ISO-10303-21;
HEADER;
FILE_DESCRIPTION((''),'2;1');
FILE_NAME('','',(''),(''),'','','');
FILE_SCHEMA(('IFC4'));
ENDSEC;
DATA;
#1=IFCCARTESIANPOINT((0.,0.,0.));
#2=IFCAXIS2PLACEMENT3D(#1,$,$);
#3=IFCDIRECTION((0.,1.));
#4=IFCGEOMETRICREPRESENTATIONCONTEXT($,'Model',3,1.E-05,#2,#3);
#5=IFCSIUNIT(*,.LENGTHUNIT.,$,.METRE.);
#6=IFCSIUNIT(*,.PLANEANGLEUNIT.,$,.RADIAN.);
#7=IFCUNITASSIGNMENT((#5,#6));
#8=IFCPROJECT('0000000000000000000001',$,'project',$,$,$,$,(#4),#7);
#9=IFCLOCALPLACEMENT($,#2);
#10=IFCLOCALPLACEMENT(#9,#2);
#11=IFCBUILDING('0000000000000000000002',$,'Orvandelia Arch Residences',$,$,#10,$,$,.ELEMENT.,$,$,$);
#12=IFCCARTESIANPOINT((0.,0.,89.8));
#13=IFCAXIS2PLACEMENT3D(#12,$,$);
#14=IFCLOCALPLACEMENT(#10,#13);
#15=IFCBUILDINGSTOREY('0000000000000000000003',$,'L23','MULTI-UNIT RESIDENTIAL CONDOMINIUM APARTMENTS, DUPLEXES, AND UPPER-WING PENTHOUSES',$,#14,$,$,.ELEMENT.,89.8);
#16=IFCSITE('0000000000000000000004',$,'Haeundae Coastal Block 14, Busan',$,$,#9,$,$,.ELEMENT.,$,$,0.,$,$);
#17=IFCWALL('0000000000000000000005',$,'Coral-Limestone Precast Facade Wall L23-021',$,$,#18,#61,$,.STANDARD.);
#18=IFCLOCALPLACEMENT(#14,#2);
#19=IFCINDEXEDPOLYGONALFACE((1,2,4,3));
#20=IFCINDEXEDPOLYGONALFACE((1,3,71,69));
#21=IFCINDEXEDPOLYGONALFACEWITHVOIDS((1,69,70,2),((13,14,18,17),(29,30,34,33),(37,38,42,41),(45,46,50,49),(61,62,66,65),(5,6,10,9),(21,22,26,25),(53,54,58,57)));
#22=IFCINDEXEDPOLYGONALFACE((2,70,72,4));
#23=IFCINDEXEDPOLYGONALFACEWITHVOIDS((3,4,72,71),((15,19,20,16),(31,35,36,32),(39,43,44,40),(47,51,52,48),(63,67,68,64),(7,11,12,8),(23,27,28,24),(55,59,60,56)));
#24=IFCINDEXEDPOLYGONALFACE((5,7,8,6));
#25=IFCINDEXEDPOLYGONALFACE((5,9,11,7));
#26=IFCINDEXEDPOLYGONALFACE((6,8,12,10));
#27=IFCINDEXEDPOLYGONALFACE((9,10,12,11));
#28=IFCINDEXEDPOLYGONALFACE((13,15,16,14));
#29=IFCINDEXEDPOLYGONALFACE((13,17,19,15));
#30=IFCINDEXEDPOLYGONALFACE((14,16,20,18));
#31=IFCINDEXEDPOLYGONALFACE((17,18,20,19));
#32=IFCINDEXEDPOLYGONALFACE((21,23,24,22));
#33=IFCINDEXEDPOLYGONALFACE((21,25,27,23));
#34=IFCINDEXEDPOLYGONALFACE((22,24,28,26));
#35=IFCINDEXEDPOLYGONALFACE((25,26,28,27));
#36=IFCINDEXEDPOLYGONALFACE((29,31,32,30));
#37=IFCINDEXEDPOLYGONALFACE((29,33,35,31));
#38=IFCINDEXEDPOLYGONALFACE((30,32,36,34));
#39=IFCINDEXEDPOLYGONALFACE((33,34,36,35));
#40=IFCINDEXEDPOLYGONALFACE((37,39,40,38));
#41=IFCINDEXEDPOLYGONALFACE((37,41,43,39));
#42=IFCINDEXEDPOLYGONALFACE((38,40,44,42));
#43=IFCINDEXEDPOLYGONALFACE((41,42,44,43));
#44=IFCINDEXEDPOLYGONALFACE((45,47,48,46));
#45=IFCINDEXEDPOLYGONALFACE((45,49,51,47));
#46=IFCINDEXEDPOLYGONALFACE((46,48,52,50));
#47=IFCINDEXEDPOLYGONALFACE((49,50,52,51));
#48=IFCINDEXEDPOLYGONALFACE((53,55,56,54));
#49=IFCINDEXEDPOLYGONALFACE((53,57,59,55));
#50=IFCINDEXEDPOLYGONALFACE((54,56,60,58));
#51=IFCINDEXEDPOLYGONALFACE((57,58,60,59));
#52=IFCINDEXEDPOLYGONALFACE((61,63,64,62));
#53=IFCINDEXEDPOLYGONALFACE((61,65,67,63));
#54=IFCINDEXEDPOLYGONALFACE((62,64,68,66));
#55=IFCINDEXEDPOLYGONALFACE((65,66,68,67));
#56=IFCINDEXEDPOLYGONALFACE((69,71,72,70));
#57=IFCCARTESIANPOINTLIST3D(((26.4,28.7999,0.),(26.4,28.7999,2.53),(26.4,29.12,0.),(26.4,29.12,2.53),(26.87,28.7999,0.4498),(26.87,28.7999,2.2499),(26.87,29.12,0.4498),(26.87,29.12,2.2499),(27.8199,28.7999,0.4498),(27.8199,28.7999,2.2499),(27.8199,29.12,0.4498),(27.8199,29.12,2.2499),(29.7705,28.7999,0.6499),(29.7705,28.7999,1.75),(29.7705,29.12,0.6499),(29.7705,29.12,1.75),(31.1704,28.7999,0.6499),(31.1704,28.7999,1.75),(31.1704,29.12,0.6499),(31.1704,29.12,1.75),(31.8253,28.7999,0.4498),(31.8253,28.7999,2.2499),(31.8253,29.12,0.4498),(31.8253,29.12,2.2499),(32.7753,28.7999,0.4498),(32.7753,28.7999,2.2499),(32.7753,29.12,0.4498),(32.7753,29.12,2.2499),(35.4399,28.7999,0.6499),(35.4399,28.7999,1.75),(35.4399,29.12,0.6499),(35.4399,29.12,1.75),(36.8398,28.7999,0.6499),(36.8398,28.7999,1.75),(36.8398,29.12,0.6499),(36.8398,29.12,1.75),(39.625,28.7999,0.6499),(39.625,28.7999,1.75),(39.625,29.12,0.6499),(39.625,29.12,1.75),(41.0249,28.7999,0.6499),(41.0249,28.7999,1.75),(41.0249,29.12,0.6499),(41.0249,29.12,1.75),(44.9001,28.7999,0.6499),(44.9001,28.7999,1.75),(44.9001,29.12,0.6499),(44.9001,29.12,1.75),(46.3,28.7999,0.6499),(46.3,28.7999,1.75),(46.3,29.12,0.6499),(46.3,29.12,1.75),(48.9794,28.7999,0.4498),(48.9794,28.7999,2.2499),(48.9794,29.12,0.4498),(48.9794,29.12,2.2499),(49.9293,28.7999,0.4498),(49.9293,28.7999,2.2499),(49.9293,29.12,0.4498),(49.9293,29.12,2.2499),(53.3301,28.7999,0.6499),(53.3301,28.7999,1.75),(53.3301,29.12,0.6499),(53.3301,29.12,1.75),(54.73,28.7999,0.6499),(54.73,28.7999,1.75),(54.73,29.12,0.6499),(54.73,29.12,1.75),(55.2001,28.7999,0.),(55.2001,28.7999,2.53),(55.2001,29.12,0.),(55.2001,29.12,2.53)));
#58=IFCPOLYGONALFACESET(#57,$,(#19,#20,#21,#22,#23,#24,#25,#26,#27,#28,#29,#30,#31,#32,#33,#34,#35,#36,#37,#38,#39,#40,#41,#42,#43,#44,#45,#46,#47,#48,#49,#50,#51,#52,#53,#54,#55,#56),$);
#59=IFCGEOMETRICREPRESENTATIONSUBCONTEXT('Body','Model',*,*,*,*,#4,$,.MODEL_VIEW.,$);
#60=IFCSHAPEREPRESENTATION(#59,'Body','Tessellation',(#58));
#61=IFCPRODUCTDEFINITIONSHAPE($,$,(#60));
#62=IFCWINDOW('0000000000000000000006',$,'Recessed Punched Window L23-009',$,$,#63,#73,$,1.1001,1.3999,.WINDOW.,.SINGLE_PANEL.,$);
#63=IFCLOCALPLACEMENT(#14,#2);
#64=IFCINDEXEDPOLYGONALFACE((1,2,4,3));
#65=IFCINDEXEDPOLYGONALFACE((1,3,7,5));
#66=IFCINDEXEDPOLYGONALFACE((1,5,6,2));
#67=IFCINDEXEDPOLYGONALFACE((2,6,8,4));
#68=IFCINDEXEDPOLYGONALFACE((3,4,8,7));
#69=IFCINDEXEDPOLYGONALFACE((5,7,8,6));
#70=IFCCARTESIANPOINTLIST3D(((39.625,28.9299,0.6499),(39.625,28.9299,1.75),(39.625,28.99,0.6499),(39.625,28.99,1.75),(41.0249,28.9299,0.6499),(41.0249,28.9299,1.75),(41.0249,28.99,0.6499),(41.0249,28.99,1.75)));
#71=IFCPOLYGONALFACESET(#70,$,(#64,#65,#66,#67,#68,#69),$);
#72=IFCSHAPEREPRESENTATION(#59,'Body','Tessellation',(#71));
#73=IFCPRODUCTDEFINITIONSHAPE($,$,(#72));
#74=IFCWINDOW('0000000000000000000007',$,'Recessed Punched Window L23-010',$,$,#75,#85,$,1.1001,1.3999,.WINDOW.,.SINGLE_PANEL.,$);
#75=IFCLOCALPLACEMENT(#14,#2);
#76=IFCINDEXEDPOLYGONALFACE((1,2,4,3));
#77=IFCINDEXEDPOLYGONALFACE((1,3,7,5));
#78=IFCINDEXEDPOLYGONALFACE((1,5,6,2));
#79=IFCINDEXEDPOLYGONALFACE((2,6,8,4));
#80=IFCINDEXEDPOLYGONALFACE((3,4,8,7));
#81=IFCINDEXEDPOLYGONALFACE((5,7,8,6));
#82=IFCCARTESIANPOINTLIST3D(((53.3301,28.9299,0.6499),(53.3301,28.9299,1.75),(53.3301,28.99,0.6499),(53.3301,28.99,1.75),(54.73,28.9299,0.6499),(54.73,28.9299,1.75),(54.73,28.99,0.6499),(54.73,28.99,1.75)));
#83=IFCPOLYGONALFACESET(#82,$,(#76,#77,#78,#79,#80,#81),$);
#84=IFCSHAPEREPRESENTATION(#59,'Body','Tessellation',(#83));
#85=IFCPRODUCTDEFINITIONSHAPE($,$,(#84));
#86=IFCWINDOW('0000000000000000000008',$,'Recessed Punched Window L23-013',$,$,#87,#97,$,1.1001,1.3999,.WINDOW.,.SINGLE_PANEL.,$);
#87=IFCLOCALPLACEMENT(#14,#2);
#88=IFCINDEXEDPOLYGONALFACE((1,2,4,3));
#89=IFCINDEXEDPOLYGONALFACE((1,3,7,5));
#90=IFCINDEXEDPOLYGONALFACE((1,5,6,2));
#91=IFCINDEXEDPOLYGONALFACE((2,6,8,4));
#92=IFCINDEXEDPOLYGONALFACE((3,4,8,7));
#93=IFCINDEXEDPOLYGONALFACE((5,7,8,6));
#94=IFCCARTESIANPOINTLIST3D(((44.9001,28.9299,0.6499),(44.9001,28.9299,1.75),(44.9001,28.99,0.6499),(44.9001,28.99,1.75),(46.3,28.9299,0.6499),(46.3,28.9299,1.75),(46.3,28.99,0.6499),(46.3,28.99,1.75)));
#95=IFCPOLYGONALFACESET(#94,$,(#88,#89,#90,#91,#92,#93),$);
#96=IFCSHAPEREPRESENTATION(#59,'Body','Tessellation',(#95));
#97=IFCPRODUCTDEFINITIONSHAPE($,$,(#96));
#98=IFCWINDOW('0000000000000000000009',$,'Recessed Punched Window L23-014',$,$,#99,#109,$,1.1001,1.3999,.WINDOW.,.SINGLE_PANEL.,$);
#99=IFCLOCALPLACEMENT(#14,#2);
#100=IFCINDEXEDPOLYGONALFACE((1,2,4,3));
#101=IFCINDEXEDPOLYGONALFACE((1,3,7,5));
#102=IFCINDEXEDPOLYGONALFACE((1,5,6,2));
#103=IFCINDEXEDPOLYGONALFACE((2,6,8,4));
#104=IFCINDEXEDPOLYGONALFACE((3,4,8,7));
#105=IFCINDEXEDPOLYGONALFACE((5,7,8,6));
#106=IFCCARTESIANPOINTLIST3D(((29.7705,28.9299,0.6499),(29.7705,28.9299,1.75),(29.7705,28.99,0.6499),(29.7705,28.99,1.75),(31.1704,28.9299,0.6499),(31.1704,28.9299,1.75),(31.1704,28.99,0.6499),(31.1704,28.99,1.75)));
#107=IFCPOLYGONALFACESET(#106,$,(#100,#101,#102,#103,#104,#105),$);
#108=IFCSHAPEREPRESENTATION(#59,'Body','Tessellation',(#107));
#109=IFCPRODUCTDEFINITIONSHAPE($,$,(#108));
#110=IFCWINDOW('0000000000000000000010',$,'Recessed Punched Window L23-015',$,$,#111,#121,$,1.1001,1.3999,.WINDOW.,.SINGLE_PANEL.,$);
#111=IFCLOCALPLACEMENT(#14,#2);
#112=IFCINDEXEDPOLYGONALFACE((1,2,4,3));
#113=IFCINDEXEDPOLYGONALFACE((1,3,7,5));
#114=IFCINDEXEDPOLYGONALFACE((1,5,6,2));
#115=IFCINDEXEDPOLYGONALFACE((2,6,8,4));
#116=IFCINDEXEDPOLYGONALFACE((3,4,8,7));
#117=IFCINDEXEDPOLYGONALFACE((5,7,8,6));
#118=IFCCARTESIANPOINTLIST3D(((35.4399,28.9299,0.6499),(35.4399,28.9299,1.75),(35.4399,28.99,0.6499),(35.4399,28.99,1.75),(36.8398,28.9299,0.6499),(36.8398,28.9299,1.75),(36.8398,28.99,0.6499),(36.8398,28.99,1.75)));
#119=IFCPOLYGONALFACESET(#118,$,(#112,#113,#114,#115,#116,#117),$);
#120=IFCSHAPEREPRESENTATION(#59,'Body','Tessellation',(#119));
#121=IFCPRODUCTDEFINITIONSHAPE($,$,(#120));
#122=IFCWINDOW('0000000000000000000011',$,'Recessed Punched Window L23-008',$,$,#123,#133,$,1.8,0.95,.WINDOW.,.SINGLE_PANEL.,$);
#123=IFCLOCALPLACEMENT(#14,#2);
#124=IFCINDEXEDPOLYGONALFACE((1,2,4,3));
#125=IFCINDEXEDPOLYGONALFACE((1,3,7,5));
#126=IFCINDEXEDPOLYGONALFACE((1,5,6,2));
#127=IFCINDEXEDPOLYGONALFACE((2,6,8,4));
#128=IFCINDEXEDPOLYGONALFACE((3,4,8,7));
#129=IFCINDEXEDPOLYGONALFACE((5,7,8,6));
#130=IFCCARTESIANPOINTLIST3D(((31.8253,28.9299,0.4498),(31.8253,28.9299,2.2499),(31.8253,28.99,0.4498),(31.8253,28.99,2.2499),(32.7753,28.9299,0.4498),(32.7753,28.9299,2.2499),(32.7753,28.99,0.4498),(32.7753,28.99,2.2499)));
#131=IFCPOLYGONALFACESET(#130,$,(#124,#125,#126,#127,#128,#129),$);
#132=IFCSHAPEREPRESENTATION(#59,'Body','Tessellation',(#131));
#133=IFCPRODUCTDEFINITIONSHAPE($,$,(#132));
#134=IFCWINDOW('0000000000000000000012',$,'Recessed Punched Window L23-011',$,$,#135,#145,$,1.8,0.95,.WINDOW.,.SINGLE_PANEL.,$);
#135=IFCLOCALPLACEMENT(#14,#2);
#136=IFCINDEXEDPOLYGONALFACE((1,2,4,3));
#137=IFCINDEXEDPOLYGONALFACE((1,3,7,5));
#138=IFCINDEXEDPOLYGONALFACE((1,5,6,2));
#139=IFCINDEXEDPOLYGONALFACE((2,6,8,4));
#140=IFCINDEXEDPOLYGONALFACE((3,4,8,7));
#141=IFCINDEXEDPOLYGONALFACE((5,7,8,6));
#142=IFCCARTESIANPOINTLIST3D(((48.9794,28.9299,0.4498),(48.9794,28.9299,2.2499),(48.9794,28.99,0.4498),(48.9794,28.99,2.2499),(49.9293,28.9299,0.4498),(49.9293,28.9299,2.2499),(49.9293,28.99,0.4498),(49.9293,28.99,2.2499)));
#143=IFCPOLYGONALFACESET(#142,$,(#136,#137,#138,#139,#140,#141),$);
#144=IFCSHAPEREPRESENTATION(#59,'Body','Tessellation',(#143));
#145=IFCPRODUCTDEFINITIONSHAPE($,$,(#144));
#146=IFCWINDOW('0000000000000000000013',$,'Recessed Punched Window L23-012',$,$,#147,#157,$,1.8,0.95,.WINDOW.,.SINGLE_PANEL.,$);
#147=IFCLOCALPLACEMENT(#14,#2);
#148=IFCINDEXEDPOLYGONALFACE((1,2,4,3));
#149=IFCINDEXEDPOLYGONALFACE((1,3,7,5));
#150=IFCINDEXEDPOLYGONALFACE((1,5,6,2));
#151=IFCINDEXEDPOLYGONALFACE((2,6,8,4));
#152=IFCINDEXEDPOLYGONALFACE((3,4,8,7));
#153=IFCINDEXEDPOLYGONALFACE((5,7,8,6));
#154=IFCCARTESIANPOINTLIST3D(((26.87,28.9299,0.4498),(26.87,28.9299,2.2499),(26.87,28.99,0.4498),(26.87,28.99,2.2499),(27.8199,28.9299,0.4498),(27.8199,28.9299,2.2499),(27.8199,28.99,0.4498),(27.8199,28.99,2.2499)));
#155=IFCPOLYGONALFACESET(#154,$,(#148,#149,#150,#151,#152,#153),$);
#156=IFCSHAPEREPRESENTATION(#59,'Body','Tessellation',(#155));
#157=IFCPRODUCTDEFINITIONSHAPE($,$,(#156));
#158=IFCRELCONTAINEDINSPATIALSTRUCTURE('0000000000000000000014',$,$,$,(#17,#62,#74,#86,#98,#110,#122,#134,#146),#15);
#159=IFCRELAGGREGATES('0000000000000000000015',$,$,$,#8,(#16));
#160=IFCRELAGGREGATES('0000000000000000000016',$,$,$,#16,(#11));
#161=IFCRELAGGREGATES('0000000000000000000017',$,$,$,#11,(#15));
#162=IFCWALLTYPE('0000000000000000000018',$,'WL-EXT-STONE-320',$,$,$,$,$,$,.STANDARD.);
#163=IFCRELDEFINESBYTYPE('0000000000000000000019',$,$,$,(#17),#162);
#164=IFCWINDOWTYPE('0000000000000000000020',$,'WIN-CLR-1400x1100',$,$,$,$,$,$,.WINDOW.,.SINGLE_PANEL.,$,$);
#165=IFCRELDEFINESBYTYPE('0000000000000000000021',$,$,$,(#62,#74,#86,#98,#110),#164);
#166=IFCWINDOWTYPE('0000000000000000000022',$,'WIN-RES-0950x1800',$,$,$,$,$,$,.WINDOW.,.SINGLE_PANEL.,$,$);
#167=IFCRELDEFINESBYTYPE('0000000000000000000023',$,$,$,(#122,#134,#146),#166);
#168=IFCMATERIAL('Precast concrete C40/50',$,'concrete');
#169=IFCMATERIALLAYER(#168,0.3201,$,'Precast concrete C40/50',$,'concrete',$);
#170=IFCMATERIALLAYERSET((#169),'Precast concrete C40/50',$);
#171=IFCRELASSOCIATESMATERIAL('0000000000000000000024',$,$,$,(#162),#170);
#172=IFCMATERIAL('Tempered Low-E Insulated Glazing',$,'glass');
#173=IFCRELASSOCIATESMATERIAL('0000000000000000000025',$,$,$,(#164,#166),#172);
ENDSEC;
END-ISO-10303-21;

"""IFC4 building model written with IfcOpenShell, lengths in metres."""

from ifc_helpers import new_model, si_unit, direction, frame, frame_2d, origin, place, context, subcontext, project, spatial, rectangle, extrude, material, layer, layer_set, type_object, element, fill, save


model = new_model("IFC4")

# Units and contexts
model_context = context("Model", 3, precision=1e-05, world=origin(), true_north=direction((0.0, 1.0)))
body_context = subcontext(model_context, "Body", "Model", "MODEL_VIEW")
ifc_project = project(units=[si_unit("LENGTHUNIT", "METRE"), si_unit("PLANEANGLEUNIT", "RADIAN")], contexts=[model_context])

# Site, building, storey
site_placement = place(None, origin())
site = spatial("IfcSite", under=ifc_project, at=site_placement, Name="Haeundae Coastal Block 14, Busan", CompositionType="ELEMENT", RefElevation=0.0)
building_placement = place(site_placement, origin())
building = spatial("IfcBuilding", under=site, at=building_placement, Name="Orvandelia Arch Residences", CompositionType="ELEMENT")
storey_placement = place(building_placement, frame((0.0, 0.0, 89.8)))
storey = spatial("IfcBuildingStorey", under=building, at=storey_placement, Name="L23", Description="MULTI-UNIT RESIDENTIAL CONDOMINIUM APARTMENTS, DUPLEXES, AND UPPER-WING PENTHOUSES", CompositionType="ELEMENT", Elevation=89.8)

# Shared definitions
ifc_material_1 = material(Name="Precast concrete C40/50", Category="concrete")
ifc_layer = layer(ifc_material_1, 0.3201, Name="Precast concrete C40/50", Category="concrete")
ifc_layer_set = layer_set([ifc_layer], Name="Precast concrete C40/50")
wall_type = type_object("IfcWallType", Name="WL-EXT-STONE-320", PredefinedType="STANDARD", material=ifc_layer_set)

# Wall, openings, windows
wall_1_placement = place(storey_placement, frame((55.2, 28.96, 0.0), z_axis=(0.0, 0.0, 1.0), x_axis=(-1.0, 0.0, 0.0)))
wall_1 = element("IfcWall", 1, at=wall_1_placement, inside=storey, type_object=wall_type, Name="Coral-Limestone Precast Facade Wall L23-021", PredefinedType="STANDARD", context=body_context, shape_type="SweptSolid", body=[
    extrude(rectangle(XDim=28.8, YDim=0.3201, at=frame_2d((14.3999, 0.0))), origin(), (0.0, 0.0, 1.0), 2.53),
])
opening_1_placement = place(wall_1_placement, frame((22.4246, 0.0, 0.45)))
opening_1 = element("IfcOpeningElement", 2, at=opening_1_placement, cuts=wall_1, PredefinedType="OPENING", context=body_context, shape_type="SweptSolid", body=[
    extrude(rectangle(XDim=0.95, YDim=1.8, at=frame_2d((0.4751, 0.8999))), frame((0.0, 0.1699, 0.0), z_axis=(0.0, -1.0, 0.0), x_axis=(1.0, 0.0, 0.0)), (0.0, 0.0, 1.0), 0.3401),
])
opening_2_placement = place(wall_1_placement, frame((14.175, 0.0, 0.6499)))
opening_2 = element("IfcOpeningElement", 3, at=opening_2_placement, cuts=wall_1, PredefinedType="OPENING", context=body_context, shape_type="SweptSolid", body=[
    extrude(rectangle(XDim=1.3999, YDim=1.1001, at=frame_2d((0.7, 0.55))), frame((0.0, 0.1699, 0.0), z_axis=(0.0, -1.0, 0.0), x_axis=(1.0, 0.0, 0.0)), (0.0, 0.0, 1.0), 0.3401),
])
opening_3_placement = place(wall_1_placement, frame((0.47, 0.0, 0.6499)))
opening_3 = element("IfcOpeningElement", 4, at=opening_3_placement, cuts=wall_1, PredefinedType="OPENING", context=body_context, shape_type="SweptSolid", body=[
    extrude(rectangle(XDim=1.3999, YDim=1.1001, at=frame_2d((0.7, 0.55))), frame((0.0, 0.1699, 0.0), z_axis=(0.0, -1.0, 0.0), x_axis=(1.0, 0.0, 0.0)), (0.0, 0.0, 1.0), 0.3401),
])
opening_4_placement = place(wall_1_placement, frame((5.2705, 0.0, 0.45)))
opening_4 = element("IfcOpeningElement", 5, at=opening_4_placement, cuts=wall_1, PredefinedType="OPENING", context=body_context, shape_type="SweptSolid", body=[
    extrude(rectangle(XDim=0.95, YDim=1.8, at=frame_2d((0.4751, 0.8999))), frame((0.0, 0.1699, 0.0), z_axis=(0.0, -1.0, 0.0), x_axis=(1.0, 0.0, 0.0)), (0.0, 0.0, 1.0), 0.3401),
])
opening_5_placement = place(wall_1_placement, frame((27.3799, 0.0, 0.45)))
opening_5 = element("IfcOpeningElement", 6, at=opening_5_placement, cuts=wall_1, PredefinedType="OPENING", context=body_context, shape_type="SweptSolid", body=[
    extrude(rectangle(XDim=0.95, YDim=1.8, at=frame_2d((0.4751, 0.8999))), frame((0.0, 0.1699, 0.0), z_axis=(0.0, -1.0, 0.0), x_axis=(1.0, 0.0, 0.0)), (0.0, 0.0, 1.0), 0.3401),
])
opening_6_placement = place(wall_1_placement, frame((8.8999, 0.0, 0.6499)))
opening_6 = element("IfcOpeningElement", 7, at=opening_6_placement, cuts=wall_1, PredefinedType="OPENING", context=body_context, shape_type="SweptSolid", body=[
    extrude(rectangle(XDim=1.3999, YDim=1.1001, at=frame_2d((0.7, 0.55))), frame((0.0, 0.1699, 0.0), z_axis=(0.0, -1.0, 0.0), x_axis=(1.0, 0.0, 0.0)), (0.0, 0.0, 1.0), 0.3401),
])
opening_7_placement = place(wall_1_placement, frame((24.0295, 0.0, 0.6499)))
opening_7 = element("IfcOpeningElement", 8, at=opening_7_placement, cuts=wall_1, PredefinedType="OPENING", context=body_context, shape_type="SweptSolid", body=[
    extrude(rectangle(XDim=1.3999, YDim=1.1001, at=frame_2d((0.7, 0.55))), frame((0.0, 0.1699, 0.0), z_axis=(0.0, -1.0, 0.0), x_axis=(1.0, 0.0, 0.0)), (0.0, 0.0, 1.0), 0.3401),
])
opening_8_placement = place(wall_1_placement, frame((18.3601, 0.0, 0.6499)))
opening_8 = element("IfcOpeningElement", 9, at=opening_8_placement, cuts=wall_1, PredefinedType="OPENING", context=body_context, shape_type="SweptSolid", body=[
    extrude(rectangle(XDim=1.3999, YDim=1.1001, at=frame_2d((0.7, 0.55))), frame((0.0, 0.1699, 0.0), z_axis=(0.0, -1.0, 0.0), x_axis=(1.0, 0.0, 0.0)), (0.0, 0.0, 1.0), 0.3401),
])
ifc_material_2 = material(Name="Tempered Low-E Insulated Glazing", Category="glass")
window_type_1 = type_object("IfcWindowType", Name="WIN-CLR-1400x1100", PartitioningType="SINGLE_PANEL", PredefinedType="WINDOW", material=ifc_material_2)
window_1_placement = place(opening_2_placement, origin())
window_1 = element("IfcWindow", 10, at=window_1_placement, inside=storey, type_object=window_type_1, Name="Recessed Punched Window L23-009", OverallHeight=1.1001, OverallWidth=1.3999, PartitioningType="SINGLE_PANEL", PredefinedType="WINDOW", context=body_context, shape_type="SweptSolid", body=[
    extrude(rectangle(XDim=1.3999, YDim=1.1001, at=frame_2d((0.7, 0.55))), frame((0.0, 0.03, 0.0), z_axis=(0.0, -1.0, 0.0), x_axis=(1.0, 0.0, 0.0)), (0.0, 0.0, 1.0), 0.0601),
])
fill(opening_2, window_1)
window_2_placement = place(opening_3_placement, origin())
window_2 = element("IfcWindow", 11, at=window_2_placement, inside=storey, type_object=window_type_1, Name="Recessed Punched Window L23-010", OverallHeight=1.1001, OverallWidth=1.3999, PartitioningType="SINGLE_PANEL", PredefinedType="WINDOW", context=body_context, shape_type="SweptSolid", body=[
    extrude(rectangle(XDim=1.3999, YDim=1.1001, at=frame_2d((0.7, 0.55))), frame((0.0, 0.03, 0.0), z_axis=(0.0, -1.0, 0.0), x_axis=(1.0, 0.0, 0.0)), (0.0, 0.0, 1.0), 0.0601),
])
fill(opening_3, window_2)
window_3_placement = place(opening_6_placement, origin())
window_3 = element("IfcWindow", 12, at=window_3_placement, inside=storey, type_object=window_type_1, Name="Recessed Punched Window L23-013", OverallHeight=1.1001, OverallWidth=1.3999, PartitioningType="SINGLE_PANEL", PredefinedType="WINDOW", context=body_context, shape_type="SweptSolid", body=[
    extrude(rectangle(XDim=1.3999, YDim=1.1001, at=frame_2d((0.7, 0.55))), frame((0.0, 0.03, 0.0), z_axis=(0.0, -1.0, 0.0), x_axis=(1.0, 0.0, 0.0)), (0.0, 0.0, 1.0), 0.0601),
])
fill(opening_6, window_3)
window_4_placement = place(opening_7_placement, origin())
window_4 = element("IfcWindow", 13, at=window_4_placement, inside=storey, type_object=window_type_1, Name="Recessed Punched Window L23-014", OverallHeight=1.1001, OverallWidth=1.3999, PartitioningType="SINGLE_PANEL", PredefinedType="WINDOW", context=body_context, shape_type="SweptSolid", body=[
    extrude(rectangle(XDim=1.3999, YDim=1.1001, at=frame_2d((0.7, 0.55))), frame((0.0, 0.03, 0.0), z_axis=(0.0, -1.0, 0.0), x_axis=(1.0, 0.0, 0.0)), (0.0, 0.0, 1.0), 0.0601),
])
fill(opening_7, window_4)
window_5_placement = place(opening_8_placement, origin())
window_5 = element("IfcWindow", 14, at=window_5_placement, inside=storey, type_object=window_type_1, Name="Recessed Punched Window L23-015", OverallHeight=1.1001, OverallWidth=1.3999, PartitioningType="SINGLE_PANEL", PredefinedType="WINDOW", context=body_context, shape_type="SweptSolid", body=[
    extrude(rectangle(XDim=1.3999, YDim=1.1001, at=frame_2d((0.7, 0.55))), frame((0.0, 0.03, 0.0), z_axis=(0.0, -1.0, 0.0), x_axis=(1.0, 0.0, 0.0)), (0.0, 0.0, 1.0), 0.0601),
])
fill(opening_8, window_5)
window_type_2 = type_object("IfcWindowType", Name="WIN-RES-0950x1800", PartitioningType="SINGLE_PANEL", PredefinedType="WINDOW", material=ifc_material_2)
window_6_placement = place(opening_1_placement, origin())
window_6 = element("IfcWindow", 15, at=window_6_placement, inside=storey, type_object=window_type_2, Name="Recessed Punched Window L23-008", OverallHeight=1.8, OverallWidth=0.95, PartitioningType="SINGLE_PANEL", PredefinedType="WINDOW", context=body_context, shape_type="SweptSolid", body=[
    extrude(rectangle(XDim=0.95, YDim=1.8, at=frame_2d((0.4751, 0.8999))), frame((0.0, 0.03, 0.0), z_axis=(0.0, -1.0, 0.0), x_axis=(1.0, 0.0, 0.0)), (0.0, 0.0, 1.0), 0.0601),
])
fill(opening_1, window_6)
window_7_placement = place(opening_4_placement, origin())
window_7 = element("IfcWindow", 16, at=window_7_placement, inside=storey, type_object=window_type_2, Name="Recessed Punched Window L23-011", OverallHeight=1.8, OverallWidth=0.95, PartitioningType="SINGLE_PANEL", PredefinedType="WINDOW", context=body_context, shape_type="SweptSolid", body=[
    extrude(rectangle(XDim=0.95, YDim=1.8, at=frame_2d((0.4751, 0.8999))), frame((0.0, 0.03, 0.0), z_axis=(0.0, -1.0, 0.0), x_axis=(1.0, 0.0, 0.0)), (0.0, 0.0, 1.0), 0.0601),
])
fill(opening_4, window_7)
window_8_placement = place(opening_5_placement, origin())
window_8 = element("IfcWindow", 17, at=window_8_placement, inside=storey, type_object=window_type_2, Name="Recessed Punched Window L23-012", OverallHeight=1.8, OverallWidth=0.95, PartitioningType="SINGLE_PANEL", PredefinedType="WINDOW", context=body_context, shape_type="SweptSolid", body=[
    extrude(rectangle(XDim=0.95, YDim=1.8, at=frame_2d((0.4751, 0.8999))), frame((0.0, 0.03, 0.0), z_axis=(0.0, -1.0, 0.0), x_axis=(1.0, 0.0, 0.0)), (0.0, 0.0, 1.0), 0.0601),
])
fill(opening_5, window_8)

save(model, "model.ifc")
